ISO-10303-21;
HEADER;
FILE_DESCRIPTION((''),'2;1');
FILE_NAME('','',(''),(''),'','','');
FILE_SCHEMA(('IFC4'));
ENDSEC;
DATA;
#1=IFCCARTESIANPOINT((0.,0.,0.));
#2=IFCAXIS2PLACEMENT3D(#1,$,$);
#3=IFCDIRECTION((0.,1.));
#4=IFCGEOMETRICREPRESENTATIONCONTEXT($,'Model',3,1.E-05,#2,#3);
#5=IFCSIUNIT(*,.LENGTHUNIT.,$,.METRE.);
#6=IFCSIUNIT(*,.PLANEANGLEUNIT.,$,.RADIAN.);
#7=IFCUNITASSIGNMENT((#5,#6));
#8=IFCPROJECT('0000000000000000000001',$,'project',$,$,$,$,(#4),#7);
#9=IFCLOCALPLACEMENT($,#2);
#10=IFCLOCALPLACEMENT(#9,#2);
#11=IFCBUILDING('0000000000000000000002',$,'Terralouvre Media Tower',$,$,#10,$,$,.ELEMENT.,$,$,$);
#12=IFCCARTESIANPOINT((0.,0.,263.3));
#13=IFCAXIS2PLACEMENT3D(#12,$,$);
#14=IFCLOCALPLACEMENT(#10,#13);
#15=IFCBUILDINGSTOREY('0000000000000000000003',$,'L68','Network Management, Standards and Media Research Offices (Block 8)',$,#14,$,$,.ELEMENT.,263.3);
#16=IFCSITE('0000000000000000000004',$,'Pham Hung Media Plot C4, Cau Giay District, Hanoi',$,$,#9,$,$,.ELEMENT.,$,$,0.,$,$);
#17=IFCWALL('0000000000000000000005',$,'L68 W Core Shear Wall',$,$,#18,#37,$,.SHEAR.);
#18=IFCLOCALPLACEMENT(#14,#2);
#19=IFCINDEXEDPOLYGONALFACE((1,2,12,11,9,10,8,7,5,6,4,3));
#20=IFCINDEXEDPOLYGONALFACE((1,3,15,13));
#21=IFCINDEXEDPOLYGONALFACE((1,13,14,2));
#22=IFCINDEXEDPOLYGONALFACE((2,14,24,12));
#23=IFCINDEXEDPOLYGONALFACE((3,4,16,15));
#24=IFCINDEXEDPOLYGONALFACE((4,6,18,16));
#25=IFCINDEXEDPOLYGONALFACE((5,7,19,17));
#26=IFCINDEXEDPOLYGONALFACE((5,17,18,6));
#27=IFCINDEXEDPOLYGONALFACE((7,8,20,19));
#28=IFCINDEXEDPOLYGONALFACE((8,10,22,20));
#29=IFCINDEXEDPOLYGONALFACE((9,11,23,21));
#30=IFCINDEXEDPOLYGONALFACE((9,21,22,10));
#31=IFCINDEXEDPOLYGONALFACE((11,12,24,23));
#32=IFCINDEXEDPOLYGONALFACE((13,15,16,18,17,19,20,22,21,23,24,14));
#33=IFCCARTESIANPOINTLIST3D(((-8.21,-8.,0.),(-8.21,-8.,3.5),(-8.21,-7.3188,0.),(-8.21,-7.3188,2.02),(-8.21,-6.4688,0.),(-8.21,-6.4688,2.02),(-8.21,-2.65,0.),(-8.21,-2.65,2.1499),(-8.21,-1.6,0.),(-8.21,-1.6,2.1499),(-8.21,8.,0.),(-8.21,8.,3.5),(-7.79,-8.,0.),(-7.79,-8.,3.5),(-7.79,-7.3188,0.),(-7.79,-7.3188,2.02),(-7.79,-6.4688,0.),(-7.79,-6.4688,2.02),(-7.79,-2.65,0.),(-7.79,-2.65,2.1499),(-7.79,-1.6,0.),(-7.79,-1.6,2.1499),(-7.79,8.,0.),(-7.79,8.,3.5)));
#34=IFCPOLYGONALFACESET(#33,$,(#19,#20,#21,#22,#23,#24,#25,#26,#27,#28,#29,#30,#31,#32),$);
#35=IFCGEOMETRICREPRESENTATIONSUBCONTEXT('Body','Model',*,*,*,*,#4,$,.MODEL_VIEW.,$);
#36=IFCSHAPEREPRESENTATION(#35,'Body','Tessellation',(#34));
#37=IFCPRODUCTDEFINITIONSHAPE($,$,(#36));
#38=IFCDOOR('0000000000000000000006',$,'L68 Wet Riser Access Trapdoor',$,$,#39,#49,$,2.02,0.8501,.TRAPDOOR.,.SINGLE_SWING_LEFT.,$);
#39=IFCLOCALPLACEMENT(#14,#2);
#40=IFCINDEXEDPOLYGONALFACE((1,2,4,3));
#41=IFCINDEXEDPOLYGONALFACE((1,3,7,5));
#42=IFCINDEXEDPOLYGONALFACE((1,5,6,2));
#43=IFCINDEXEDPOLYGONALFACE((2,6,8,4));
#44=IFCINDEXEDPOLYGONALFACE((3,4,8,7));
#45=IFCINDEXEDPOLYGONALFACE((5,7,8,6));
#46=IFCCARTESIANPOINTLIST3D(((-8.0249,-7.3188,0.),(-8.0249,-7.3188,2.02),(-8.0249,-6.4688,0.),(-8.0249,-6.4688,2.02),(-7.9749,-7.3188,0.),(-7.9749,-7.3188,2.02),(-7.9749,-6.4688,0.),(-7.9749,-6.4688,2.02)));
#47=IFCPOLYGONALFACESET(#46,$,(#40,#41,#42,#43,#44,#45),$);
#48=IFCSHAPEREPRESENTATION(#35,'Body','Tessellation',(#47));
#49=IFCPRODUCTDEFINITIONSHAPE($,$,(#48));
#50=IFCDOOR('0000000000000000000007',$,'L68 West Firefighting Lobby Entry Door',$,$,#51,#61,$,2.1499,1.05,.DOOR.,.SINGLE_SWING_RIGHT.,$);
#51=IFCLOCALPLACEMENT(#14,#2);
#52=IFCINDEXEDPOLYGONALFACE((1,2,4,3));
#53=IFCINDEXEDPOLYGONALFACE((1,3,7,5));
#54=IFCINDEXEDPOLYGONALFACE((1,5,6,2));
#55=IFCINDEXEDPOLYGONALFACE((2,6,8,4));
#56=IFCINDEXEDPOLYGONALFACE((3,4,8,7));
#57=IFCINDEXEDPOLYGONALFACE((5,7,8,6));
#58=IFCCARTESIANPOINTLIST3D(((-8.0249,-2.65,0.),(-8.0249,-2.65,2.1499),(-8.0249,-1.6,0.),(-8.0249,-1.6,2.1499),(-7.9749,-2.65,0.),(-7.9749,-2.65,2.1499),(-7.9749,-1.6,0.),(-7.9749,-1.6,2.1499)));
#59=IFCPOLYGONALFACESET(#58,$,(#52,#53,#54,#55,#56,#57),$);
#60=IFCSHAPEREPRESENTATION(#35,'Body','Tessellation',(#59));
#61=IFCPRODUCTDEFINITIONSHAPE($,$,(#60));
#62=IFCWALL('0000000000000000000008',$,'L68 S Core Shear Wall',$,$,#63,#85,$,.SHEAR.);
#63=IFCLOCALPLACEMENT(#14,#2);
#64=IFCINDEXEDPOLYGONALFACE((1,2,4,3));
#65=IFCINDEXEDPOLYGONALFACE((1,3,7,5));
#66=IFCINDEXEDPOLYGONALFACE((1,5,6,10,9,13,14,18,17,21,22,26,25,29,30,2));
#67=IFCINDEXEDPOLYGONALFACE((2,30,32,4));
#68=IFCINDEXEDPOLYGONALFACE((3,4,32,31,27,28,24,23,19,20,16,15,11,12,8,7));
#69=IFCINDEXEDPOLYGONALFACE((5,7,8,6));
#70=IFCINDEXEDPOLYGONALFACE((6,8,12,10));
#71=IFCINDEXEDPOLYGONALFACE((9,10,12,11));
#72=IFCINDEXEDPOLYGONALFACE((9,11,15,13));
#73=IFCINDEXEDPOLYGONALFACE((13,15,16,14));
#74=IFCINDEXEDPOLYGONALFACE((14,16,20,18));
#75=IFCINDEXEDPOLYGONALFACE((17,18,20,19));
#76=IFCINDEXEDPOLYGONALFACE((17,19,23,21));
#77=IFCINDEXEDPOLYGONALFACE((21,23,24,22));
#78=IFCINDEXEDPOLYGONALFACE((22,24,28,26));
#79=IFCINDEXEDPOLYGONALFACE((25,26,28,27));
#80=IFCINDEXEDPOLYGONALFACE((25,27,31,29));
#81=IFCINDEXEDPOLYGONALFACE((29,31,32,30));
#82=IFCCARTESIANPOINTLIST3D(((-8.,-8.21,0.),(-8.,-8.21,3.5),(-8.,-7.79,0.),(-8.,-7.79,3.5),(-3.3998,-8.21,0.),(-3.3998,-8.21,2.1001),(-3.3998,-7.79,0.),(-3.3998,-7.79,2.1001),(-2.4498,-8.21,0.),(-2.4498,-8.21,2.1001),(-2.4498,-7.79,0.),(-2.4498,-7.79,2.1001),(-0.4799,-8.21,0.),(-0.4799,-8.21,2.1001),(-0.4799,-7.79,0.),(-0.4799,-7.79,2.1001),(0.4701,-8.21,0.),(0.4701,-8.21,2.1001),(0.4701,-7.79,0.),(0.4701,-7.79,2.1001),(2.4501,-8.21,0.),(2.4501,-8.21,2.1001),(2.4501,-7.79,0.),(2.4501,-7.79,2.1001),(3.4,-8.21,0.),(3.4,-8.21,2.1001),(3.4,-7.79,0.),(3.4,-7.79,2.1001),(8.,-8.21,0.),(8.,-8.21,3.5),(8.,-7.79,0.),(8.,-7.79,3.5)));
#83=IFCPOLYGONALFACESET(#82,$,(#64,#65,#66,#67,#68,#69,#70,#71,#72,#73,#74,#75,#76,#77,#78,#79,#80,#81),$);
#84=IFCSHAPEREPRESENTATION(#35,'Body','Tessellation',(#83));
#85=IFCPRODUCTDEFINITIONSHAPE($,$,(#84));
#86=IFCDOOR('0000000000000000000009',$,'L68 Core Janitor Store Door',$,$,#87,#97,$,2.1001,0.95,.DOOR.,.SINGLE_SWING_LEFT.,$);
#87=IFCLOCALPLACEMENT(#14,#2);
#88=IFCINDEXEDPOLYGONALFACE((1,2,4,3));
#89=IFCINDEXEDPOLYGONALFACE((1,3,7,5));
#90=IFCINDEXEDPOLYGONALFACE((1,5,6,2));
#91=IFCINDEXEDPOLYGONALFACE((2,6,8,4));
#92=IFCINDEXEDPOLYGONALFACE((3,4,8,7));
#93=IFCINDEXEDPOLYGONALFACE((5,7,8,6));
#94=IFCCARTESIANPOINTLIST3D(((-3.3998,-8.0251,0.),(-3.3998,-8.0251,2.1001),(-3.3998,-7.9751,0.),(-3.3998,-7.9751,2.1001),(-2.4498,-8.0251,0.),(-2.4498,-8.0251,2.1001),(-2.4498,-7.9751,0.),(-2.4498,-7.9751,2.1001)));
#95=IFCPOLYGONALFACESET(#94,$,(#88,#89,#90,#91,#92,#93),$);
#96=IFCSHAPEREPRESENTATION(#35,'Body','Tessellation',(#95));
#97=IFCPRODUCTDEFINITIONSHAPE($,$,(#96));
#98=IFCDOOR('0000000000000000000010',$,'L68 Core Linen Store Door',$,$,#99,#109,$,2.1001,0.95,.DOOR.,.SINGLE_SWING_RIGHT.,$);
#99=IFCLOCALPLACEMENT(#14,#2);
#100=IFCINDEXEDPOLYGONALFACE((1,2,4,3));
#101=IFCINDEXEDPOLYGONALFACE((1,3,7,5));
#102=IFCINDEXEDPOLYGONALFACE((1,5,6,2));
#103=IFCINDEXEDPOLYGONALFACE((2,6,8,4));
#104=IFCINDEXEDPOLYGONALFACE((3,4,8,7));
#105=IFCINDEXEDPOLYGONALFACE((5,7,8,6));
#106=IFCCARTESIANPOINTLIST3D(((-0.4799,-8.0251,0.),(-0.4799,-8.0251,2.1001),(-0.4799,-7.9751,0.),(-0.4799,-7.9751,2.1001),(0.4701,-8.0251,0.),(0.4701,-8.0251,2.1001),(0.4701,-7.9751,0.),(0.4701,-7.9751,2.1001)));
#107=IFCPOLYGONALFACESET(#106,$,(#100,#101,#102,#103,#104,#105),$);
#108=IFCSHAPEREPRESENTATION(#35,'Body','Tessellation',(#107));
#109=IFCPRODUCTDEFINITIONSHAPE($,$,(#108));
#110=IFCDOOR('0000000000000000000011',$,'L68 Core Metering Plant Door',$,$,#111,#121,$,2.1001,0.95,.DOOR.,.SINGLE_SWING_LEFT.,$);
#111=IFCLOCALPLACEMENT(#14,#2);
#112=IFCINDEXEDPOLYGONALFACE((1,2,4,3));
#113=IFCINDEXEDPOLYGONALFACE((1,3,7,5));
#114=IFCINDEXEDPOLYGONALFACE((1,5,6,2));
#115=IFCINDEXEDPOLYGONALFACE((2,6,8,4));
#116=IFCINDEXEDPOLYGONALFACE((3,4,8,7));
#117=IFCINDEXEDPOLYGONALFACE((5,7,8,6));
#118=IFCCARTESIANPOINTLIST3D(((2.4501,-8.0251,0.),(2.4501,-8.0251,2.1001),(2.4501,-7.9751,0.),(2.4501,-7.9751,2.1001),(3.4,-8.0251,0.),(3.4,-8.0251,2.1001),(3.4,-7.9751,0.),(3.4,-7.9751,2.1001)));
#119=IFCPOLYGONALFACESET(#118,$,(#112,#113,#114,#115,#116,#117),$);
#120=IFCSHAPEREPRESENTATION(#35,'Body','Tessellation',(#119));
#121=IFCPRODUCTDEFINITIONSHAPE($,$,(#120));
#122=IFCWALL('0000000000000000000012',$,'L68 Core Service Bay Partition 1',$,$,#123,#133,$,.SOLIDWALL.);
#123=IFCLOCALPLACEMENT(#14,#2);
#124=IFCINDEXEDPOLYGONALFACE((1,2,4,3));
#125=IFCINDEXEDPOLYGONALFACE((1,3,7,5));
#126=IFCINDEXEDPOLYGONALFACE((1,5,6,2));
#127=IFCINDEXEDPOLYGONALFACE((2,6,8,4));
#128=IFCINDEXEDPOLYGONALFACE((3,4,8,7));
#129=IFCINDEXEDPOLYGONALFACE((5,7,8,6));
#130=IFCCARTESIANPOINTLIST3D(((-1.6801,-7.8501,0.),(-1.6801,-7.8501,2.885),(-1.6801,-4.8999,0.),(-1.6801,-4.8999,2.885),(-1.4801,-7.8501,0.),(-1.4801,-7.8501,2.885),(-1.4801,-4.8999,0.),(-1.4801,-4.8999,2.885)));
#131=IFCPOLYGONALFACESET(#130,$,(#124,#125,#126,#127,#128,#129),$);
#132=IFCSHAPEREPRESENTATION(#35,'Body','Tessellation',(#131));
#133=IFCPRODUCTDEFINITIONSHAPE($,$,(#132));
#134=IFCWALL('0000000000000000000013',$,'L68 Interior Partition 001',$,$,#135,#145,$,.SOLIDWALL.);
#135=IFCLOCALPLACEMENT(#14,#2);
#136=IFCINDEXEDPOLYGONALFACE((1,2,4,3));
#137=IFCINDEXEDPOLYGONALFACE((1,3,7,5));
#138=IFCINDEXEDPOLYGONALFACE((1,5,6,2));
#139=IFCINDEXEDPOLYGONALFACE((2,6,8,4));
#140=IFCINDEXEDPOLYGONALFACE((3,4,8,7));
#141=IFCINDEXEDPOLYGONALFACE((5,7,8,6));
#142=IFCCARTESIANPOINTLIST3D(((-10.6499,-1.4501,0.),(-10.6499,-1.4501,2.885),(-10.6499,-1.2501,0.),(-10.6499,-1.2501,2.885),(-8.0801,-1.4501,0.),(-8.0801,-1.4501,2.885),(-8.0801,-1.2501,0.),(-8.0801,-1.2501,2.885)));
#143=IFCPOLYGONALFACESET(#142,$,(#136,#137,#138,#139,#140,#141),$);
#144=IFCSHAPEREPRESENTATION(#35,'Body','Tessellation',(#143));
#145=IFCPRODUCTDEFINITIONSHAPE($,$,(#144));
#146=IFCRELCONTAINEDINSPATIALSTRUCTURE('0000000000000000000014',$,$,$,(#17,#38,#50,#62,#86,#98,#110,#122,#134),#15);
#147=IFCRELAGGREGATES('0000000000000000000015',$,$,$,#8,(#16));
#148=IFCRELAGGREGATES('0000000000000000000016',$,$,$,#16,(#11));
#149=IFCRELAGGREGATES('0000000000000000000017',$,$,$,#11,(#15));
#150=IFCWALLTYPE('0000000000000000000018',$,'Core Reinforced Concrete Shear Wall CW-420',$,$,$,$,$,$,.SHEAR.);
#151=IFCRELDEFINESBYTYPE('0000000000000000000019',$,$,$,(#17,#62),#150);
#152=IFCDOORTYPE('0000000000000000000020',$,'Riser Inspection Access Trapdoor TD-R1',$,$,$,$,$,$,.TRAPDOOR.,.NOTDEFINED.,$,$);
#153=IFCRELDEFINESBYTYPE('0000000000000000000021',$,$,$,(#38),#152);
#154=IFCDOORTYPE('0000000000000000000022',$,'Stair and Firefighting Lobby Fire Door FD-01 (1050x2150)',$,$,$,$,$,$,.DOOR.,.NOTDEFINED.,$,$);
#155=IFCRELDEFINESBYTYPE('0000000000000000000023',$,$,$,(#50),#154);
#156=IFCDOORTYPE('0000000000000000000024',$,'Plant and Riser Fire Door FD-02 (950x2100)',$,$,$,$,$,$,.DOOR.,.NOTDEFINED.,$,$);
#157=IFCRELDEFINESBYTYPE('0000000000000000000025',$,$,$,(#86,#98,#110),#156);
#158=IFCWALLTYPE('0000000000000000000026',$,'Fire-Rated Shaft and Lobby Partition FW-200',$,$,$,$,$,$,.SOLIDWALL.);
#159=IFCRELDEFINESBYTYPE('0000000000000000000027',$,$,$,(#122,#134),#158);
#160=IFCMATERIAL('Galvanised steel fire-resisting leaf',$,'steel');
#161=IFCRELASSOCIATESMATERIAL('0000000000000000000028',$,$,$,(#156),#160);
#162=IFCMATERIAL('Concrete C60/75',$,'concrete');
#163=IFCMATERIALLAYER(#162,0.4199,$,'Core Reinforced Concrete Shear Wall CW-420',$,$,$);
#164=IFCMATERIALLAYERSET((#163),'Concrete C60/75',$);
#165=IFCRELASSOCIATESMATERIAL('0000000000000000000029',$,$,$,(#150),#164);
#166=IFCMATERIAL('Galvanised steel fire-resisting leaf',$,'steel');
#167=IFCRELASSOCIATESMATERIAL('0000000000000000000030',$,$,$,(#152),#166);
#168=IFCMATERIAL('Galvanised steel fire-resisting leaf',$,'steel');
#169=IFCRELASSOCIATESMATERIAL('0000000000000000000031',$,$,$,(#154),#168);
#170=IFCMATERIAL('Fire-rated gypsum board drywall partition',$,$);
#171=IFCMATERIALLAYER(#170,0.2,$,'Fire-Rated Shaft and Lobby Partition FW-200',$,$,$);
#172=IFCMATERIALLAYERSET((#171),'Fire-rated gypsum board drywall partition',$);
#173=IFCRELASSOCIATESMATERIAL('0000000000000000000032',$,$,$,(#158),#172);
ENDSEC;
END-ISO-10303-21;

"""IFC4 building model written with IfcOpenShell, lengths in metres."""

from ifc_helpers import new_model, si_unit, direction, frame, frame_2d, origin, place, context, subcontext, project, spatial, rectangle, extrude, material, layer, layer_set, type_object, element, fill, save


model = new_model("IFC4")

# Units and contexts
model_context = context("Model", 3, precision=1e-05, world=origin(), true_north=direction((0.0, 1.0)))
body_context = subcontext(model_context, "Body", "Model", "MODEL_VIEW")
ifc_project = project(units=[si_unit("LENGTHUNIT", "METRE"), si_unit("PLANEANGLEUNIT", "RADIAN")], contexts=[model_context])

# Site, building, storey
site_placement = place(None, origin())
site = spatial("IfcSite", under=ifc_project, at=site_placement, Name="Pham Hung Media Plot C4, Cau Giay District, Hanoi", CompositionType="ELEMENT", RefElevation=0.0)
building_placement = place(site_placement, origin())
building = spatial("IfcBuilding", under=site, at=building_placement, Name="Terralouvre Media Tower", CompositionType="ELEMENT")
storey_placement = place(building_placement, frame((0.0, 0.0, 263.3)))
storey = spatial("IfcBuildingStorey", under=building, at=storey_placement, Name="L68", Description="Network Management, Standards and Media Research Offices (Block 8)", CompositionType="ELEMENT", Elevation=263.3)

# Walls, openings, doors
ifc_material_1 = material(Name="Galvanised steel fire-resisting leaf", Category="steel")
door_type_1 = type_object("IfcDoorType", Name="Plant and Riser Fire Door FD-02 (950x2100)", OperationType="NOTDEFINED", PredefinedType="DOOR", material=ifc_material_1)
ifc_material_2 = material(Name="Concrete C60/75", Category="concrete")
ifc_layer_1 = layer(ifc_material_2, 0.4199, Name="Core Reinforced Concrete Shear Wall CW-420")
ifc_layer_set_1 = layer_set([ifc_layer_1], Name="Concrete C60/75")
wall_type_1 = type_object("IfcWallType", Name="Core Reinforced Concrete Shear Wall CW-420", PredefinedType="SHEAR", material=ifc_layer_set_1)
wall_1_placement = place(storey_placement, frame((-8.0, -8.0, 0.0), z_axis=(0.0, 0.0, 1.0), x_axis=(0.0, 1.0, 0.0)))
wall_1 = element("IfcWall", 1, at=wall_1_placement, inside=storey, type_object=wall_type_1, Name="L68 W Core Shear Wall", PredefinedType="SHEAR", context=body_context, shape_type="SweptSolid", body=[
    extrude(rectangle(XDim=16.0, YDim=0.4199, at=frame_2d((8.0, 0.0))), origin(), (0.0, 0.0, 1.0), 3.5),
])
opening_1_placement = place(wall_1_placement, frame((0.6812, 0.0, 0.0)))
opening_1 = element("IfcOpeningElement", 2, at=opening_1_placement, cuts=wall_1, PredefinedType="OPENING", context=body_context, shape_type="SweptSolid", body=[
    extrude(rectangle(XDim=0.8501, YDim=2.02, at=frame_2d((0.425, 1.01))), frame((0.0, 0.22, 0.0), z_axis=(0.0, -1.0, 0.0), x_axis=(1.0, 0.0, 0.0)), (0.0, 0.0, 1.0), 0.4399),
])
opening_2_placement = place(wall_1_placement, frame((5.3501, 0.0, 0.0)))
opening_2 = element("IfcOpeningElement", 3, at=opening_2_placement, cuts=wall_1, PredefinedType="OPENING", context=body_context, shape_type="SweptSolid", body=[
    extrude(rectangle(XDim=1.05, YDim=2.1499, at=frame_2d((0.5249, 1.075))), frame((0.0, 0.22, 0.0), z_axis=(0.0, -1.0, 0.0), x_axis=(1.0, 0.0, 0.0)), (0.0, 0.0, 1.0), 0.4399),
])
ifc_material_3 = material(Name="Galvanised steel fire-resisting leaf", Category="steel")
door_type_2 = type_object("IfcDoorType", Name="Riser Inspection Access Trapdoor TD-R1", OperationType="NOTDEFINED", PredefinedType="TRAPDOOR", material=ifc_material_3)
door_1_placement = place(opening_1_placement, origin())
door_1 = element("IfcDoor", 4, at=door_1_placement, inside=storey, type_object=door_type_2, Name="L68 Wet Riser Access Trapdoor", OperationType="SINGLE_SWING_LEFT", OverallHeight=2.02, OverallWidth=0.8501, PredefinedType="TRAPDOOR", context=body_context, shape_type="SweptSolid", body=[
    extrude(rectangle(XDim=0.8501, YDim=2.02, at=frame_2d((0.425, 1.01))), frame((0.0, 0.0249, 0.0), z_axis=(0.0, -1.0, 0.0), x_axis=(1.0, 0.0, 0.0)), (0.0, 0.0, 1.0), 0.05),
])
fill(opening_1, door_1)
ifc_material_4 = material(Name="Galvanised steel fire-resisting leaf", Category="steel")
door_type_3 = type_object("IfcDoorType", Name="Stair and Firefighting Lobby Fire Door FD-01 (1050x2150)", OperationType="NOTDEFINED", PredefinedType="DOOR", material=ifc_material_4)
door_2_placement = place(opening_2_placement, origin())
door_2 = element("IfcDoor", 5, at=door_2_placement, inside=storey, type_object=door_type_3, Name="L68 West Firefighting Lobby Entry Door", OperationType="SINGLE_SWING_RIGHT", OverallHeight=2.1499, OverallWidth=1.05, PredefinedType="DOOR", context=body_context, shape_type="SweptSolid", body=[
    extrude(rectangle(XDim=1.05, YDim=2.1499, at=frame_2d((0.5249, 1.075))), frame((0.0, 0.0249, 0.0), z_axis=(0.0, -1.0, 0.0), x_axis=(1.0, 0.0, 0.0)), (0.0, 0.0, 1.0), 0.05),
])
fill(opening_2, door_2)
wall_2_placement = place(storey_placement, frame((-8.0, -8.0, 0.0), z_axis=(0.0, 0.0, 1.0), x_axis=(1.0, 0.0, 0.0)))
wall_2 = element("IfcWall", 6, at=wall_2_placement, inside=storey, type_object=wall_type_1, Name="L68 S Core Shear Wall", PredefinedType="SHEAR", context=body_context, shape_type="SweptSolid", body=[
    extrude(rectangle(XDim=16.0, YDim=0.4199, at=frame_2d((8.0, 0.0))), origin(), (0.0, 0.0, 1.0), 3.5),
])
opening_3_placement = place(wall_2_placement, frame((4.6001, 0.0, 0.0)))
opening_3 = element("IfcOpeningElement", 7, at=opening_3_placement, cuts=wall_2, PredefinedType="OPENING", context=body_context, shape_type="SweptSolid", body=[
    extrude(rectangle(XDim=0.95, YDim=2.1001, at=frame_2d((0.4751, 1.05))), frame((0.0, 0.22, 0.0), z_axis=(0.0, -1.0, 0.0), x_axis=(1.0, 0.0, 0.0)), (0.0, 0.0, 1.0), 0.4399),
])
opening_4_placement = place(wall_2_placement, frame((7.52, 0.0, 0.0)))
opening_4 = element("IfcOpeningElement", 8, at=opening_4_placement, cuts=wall_2, PredefinedType="OPENING", context=body_context, shape_type="SweptSolid", body=[
    extrude(rectangle(XDim=0.95, YDim=2.1001, at=frame_2d((0.4751, 1.05))), frame((0.0, 0.22, 0.0), z_axis=(0.0, -1.0, 0.0), x_axis=(1.0, 0.0, 0.0)), (0.0, 0.0, 1.0), 0.4399),
])
opening_5_placement = place(wall_2_placement, frame((10.45, 0.0, 0.0)))
opening_5 = element("IfcOpeningElement", 9, at=opening_5_placement, cuts=wall_2, PredefinedType="OPENING", context=body_context, shape_type="SweptSolid", body=[
    extrude(rectangle(XDim=0.95, YDim=2.1001, at=frame_2d((0.4751, 1.05))), frame((0.0, 0.22, 0.0), z_axis=(0.0, -1.0, 0.0), x_axis=(1.0, 0.0, 0.0)), (0.0, 0.0, 1.0), 0.4399),
])
door_3_placement = place(opening_3_placement, origin())
door_3 = element("IfcDoor", 10, at=door_3_placement, inside=storey, type_object=door_type_1, Name="L68 Core Janitor Store Door", OperationType="SINGLE_SWING_LEFT", OverallHeight=2.1001, OverallWidth=0.95, PredefinedType="DOOR", context=body_context, shape_type="SweptSolid", body=[
    extrude(rectangle(XDim=0.95, YDim=2.1001, at=frame_2d((0.4751, 1.05))), frame((0.0, 0.0249, 0.0), z_axis=(0.0, -1.0, 0.0), x_axis=(1.0, 0.0, 0.0)), (0.0, 0.0, 1.0), 0.05),
])
fill(opening_3, door_3)
door_4_placement = place(opening_4_placement, origin())
door_4 = element("IfcDoor", 11, at=door_4_placement, inside=storey, type_object=door_type_1, Name="L68 Core Linen Store Door", OperationType="SINGLE_SWING_RIGHT", OverallHeight=2.1001, OverallWidth=0.95, PredefinedType="DOOR", context=body_context, shape_type="SweptSolid", body=[
    extrude(rectangle(XDim=0.95, YDim=2.1001, at=frame_2d((0.4751, 1.05))), frame((0.0, 0.0249, 0.0), z_axis=(0.0, -1.0, 0.0), x_axis=(1.0, 0.0, 0.0)), (0.0, 0.0, 1.0), 0.05),
])
fill(opening_4, door_4)
door_5_placement = place(opening_5_placement, origin())
door_5 = element("IfcDoor", 12, at=door_5_placement, inside=storey, type_object=door_type_1, Name="L68 Core Metering Plant Door", OperationType="SINGLE_SWING_LEFT", OverallHeight=2.1001, OverallWidth=0.95, PredefinedType="DOOR", context=body_context, shape_type="SweptSolid", body=[
    extrude(rectangle(XDim=0.95, YDim=2.1001, at=frame_2d((0.4751, 1.05))), frame((0.0, 0.0249, 0.0), z_axis=(0.0, -1.0, 0.0), x_axis=(1.0, 0.0, 0.0)), (0.0, 0.0, 1.0), 0.05),
])
fill(opening_5, door_5)

# Walls
ifc_material_5 = material(Name="Fire-rated gypsum board drywall partition")
ifc_layer_2 = layer(ifc_material_5, 0.2, Name="Fire-Rated Shaft and Lobby Partition FW-200")
ifc_layer_set_2 = layer_set([ifc_layer_2], Name="Fire-rated gypsum board drywall partition")
wall_type_2 = type_object("IfcWallType", Name="Fire-Rated Shaft and Lobby Partition FW-200", PredefinedType="SOLIDWALL", material=ifc_layer_set_2)
wall_3_placement = place(storey_placement, frame((-1.5801, -7.8501, 0.0), z_axis=(0.0, 0.0, 1.0), x_axis=(0.0, 1.0, 0.0)))
element("IfcWall", 13, at=wall_3_placement, inside=storey, type_object=wall_type_2, Name="L68 Core Service Bay Partition 1", PredefinedType="SOLIDWALL", context=body_context, shape_type="SweptSolid", body=[
    extrude(rectangle(XDim=2.9502, YDim=0.2, at=frame_2d((1.4751, 0.0))), origin(), (0.0, 0.0, 1.0), 2.885),
])
wall_4_placement = place(storey_placement, frame((-8.0801, -1.3501, 0.0), z_axis=(0.0, 0.0, 1.0), x_axis=(-1.0, 0.0, 0.0)))
element("IfcWall", 14, at=wall_4_placement, inside=storey, type_object=wall_type_2, Name="L68 Interior Partition 001", PredefinedType="SOLIDWALL", context=body_context, shape_type="SweptSolid", body=[
    extrude(rectangle(XDim=2.5698, YDim=0.2, at=frame_2d((1.2849, 0.0))), origin(), (0.0, 0.0, 1.0), 2.885),
])

save(model, "model.ifc")
